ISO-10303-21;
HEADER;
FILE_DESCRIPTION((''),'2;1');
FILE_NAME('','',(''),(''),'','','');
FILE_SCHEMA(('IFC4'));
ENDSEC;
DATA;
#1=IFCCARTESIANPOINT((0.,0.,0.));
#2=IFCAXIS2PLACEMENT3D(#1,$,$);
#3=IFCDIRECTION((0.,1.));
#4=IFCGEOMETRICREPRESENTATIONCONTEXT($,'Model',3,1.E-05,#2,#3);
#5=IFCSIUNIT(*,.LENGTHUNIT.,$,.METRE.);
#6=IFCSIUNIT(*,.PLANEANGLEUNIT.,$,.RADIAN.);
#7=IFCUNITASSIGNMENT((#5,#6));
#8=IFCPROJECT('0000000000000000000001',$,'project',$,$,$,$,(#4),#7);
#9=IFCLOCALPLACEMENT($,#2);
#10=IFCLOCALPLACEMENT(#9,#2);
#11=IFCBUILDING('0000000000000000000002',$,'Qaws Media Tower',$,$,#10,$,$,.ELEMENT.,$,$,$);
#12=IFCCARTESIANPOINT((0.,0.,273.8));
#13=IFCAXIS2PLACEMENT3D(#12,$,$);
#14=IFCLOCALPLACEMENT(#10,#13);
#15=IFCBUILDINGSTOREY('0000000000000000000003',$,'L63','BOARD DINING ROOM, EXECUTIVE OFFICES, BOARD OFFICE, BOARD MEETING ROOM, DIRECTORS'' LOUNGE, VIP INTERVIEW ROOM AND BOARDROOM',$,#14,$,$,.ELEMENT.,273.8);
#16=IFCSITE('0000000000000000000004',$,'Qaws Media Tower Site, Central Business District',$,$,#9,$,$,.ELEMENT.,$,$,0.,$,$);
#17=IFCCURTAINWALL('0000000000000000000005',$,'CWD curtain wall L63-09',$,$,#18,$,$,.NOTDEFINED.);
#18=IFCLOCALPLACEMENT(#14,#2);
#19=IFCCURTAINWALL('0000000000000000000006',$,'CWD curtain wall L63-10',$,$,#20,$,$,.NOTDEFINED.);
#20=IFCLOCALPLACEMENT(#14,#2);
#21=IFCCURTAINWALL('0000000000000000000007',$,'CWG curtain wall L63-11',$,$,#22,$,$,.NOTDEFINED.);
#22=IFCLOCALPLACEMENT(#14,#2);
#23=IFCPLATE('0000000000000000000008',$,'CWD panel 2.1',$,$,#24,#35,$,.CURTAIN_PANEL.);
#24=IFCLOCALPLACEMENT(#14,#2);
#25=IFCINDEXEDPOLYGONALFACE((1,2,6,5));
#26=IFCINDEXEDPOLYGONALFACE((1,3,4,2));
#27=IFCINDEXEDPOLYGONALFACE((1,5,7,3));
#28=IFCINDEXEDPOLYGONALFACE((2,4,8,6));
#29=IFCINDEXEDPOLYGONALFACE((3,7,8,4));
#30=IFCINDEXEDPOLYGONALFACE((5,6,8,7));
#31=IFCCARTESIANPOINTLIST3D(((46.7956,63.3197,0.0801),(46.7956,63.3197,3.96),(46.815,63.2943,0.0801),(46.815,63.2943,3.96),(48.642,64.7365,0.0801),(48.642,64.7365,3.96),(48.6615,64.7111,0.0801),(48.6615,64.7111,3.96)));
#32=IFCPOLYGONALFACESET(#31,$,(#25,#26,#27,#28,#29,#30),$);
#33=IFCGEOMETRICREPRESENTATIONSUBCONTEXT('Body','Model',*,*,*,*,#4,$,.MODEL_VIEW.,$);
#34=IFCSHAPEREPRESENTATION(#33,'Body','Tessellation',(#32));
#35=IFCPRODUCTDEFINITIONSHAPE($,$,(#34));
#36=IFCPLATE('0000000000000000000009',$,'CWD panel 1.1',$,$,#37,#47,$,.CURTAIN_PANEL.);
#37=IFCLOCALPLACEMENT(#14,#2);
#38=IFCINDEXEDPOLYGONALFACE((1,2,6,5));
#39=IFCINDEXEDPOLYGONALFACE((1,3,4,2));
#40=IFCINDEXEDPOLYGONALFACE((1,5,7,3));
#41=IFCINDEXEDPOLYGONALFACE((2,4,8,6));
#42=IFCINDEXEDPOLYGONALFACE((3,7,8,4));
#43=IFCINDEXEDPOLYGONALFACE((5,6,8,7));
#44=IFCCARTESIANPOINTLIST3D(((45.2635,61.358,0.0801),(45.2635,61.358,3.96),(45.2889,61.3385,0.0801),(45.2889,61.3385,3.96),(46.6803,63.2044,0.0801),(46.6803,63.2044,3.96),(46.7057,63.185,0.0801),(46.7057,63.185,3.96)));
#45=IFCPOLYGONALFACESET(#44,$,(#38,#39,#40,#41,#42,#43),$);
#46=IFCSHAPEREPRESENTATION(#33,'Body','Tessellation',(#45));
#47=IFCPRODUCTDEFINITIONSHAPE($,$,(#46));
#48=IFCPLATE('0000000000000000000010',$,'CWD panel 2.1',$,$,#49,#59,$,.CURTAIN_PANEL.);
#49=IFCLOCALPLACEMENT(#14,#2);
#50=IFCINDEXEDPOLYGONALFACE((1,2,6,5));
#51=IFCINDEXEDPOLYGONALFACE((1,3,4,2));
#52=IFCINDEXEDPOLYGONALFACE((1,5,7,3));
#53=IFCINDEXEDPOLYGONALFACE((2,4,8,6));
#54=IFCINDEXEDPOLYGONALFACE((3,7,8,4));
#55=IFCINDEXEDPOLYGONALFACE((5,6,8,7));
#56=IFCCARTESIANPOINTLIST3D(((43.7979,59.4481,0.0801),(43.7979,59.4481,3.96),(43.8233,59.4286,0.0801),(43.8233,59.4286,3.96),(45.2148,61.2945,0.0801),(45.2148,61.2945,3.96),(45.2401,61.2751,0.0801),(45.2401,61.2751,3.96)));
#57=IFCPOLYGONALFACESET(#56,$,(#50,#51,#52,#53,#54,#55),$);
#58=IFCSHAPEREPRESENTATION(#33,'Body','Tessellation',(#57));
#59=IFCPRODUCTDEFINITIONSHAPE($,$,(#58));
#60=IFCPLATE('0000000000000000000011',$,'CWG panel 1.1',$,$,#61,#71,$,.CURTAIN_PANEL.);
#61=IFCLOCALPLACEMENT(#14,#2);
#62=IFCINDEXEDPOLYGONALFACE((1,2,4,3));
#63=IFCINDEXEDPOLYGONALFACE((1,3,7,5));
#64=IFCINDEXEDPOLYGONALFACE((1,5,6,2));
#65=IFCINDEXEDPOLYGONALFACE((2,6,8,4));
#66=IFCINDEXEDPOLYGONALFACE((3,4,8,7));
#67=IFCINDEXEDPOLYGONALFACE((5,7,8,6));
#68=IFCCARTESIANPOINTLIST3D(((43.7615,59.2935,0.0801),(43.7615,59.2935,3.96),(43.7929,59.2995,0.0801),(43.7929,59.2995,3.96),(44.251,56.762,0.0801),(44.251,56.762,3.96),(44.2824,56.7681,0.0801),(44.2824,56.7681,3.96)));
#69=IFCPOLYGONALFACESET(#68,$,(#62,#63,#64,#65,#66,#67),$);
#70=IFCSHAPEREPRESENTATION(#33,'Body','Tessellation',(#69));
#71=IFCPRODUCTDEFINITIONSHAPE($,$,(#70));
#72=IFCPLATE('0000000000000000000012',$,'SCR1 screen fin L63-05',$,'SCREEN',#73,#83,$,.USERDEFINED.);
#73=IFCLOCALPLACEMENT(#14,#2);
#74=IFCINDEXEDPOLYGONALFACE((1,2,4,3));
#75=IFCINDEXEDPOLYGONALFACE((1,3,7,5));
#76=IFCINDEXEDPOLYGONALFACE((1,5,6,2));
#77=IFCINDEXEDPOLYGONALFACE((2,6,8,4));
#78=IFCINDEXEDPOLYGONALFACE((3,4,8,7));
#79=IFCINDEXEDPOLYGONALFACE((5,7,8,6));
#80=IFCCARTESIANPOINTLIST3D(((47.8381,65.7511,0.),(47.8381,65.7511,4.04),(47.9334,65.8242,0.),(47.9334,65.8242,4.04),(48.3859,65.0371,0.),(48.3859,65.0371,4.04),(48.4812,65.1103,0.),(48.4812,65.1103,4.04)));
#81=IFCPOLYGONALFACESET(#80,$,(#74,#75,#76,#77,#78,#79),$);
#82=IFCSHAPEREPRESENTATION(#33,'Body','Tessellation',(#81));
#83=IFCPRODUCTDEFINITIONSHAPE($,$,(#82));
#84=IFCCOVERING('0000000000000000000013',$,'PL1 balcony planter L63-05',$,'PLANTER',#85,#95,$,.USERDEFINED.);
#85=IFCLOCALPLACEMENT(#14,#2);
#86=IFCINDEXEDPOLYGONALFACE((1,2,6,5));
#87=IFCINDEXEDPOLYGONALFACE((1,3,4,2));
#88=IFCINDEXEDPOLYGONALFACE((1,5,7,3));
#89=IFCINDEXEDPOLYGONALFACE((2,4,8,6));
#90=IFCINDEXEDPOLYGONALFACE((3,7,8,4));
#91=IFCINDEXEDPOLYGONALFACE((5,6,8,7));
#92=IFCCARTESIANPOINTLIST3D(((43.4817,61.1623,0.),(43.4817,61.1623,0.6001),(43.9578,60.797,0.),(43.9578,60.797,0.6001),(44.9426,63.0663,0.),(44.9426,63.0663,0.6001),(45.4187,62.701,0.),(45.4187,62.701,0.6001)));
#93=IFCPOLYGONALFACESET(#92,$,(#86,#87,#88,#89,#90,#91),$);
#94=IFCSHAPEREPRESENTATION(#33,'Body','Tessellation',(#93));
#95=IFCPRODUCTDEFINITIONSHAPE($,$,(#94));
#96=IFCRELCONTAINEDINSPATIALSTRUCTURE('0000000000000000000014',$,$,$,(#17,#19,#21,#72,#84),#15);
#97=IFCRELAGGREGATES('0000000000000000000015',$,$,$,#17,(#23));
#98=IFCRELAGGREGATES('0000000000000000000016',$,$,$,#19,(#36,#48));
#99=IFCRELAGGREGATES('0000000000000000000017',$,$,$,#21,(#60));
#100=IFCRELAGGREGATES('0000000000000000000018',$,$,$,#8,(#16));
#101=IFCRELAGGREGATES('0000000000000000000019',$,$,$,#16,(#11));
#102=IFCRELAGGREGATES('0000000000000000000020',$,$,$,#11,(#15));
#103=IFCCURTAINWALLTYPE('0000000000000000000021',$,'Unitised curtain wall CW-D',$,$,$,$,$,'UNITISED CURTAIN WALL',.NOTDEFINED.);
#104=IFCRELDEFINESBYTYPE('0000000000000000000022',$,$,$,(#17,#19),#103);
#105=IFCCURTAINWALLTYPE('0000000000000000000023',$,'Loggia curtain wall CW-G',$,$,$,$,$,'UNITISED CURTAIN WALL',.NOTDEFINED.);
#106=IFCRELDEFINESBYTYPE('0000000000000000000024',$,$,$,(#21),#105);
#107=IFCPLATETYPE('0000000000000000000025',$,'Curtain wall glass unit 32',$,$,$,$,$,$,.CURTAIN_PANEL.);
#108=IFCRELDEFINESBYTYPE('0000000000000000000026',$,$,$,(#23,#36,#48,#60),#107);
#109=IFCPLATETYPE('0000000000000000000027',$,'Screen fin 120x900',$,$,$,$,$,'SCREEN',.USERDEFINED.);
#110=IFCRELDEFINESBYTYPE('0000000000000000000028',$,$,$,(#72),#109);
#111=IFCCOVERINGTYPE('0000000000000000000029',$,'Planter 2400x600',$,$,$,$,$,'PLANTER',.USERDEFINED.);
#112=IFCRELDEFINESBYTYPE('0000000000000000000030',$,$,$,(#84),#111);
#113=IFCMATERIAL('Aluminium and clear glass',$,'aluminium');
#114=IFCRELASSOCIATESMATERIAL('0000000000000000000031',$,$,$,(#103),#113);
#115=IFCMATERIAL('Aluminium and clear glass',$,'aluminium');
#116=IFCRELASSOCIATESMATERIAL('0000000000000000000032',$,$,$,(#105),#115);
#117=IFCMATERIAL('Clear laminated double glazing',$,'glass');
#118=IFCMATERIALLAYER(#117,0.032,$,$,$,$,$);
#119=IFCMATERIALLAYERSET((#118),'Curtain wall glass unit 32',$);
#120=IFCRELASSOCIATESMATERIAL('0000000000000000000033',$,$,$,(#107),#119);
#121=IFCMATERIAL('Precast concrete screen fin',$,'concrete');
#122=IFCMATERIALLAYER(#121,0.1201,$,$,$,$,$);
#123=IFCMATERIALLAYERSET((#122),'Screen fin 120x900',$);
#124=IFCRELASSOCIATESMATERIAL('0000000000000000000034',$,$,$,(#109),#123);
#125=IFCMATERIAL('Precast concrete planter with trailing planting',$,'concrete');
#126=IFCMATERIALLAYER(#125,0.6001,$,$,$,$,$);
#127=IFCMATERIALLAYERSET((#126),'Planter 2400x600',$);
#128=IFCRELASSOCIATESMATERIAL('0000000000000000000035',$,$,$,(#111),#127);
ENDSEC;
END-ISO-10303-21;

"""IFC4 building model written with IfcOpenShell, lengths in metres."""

from ifc_helpers import new_model, si_unit, direction, frame, origin, origin_2d, place, context, subcontext, project, spatial, rectangle, extrude, material, layer, layer_set, type_object, element, aggregate, save


model = new_model("IFC4")

# Units and contexts
model_context = context("Model", 3, precision=1e-05, world=origin(), true_north=direction((0.0, 1.0)))
body_context = subcontext(model_context, "Body", "Model", "MODEL_VIEW")
ifc_project = project(units=[si_unit("LENGTHUNIT", "METRE"), si_unit("PLANEANGLEUNIT", "RADIAN")], contexts=[model_context])

# Site, building, storey
site_placement = place(None, origin())
site = spatial("IfcSite", under=ifc_project, at=site_placement, Name="Qaws Media Tower Site, Central Business District", CompositionType="ELEMENT", RefElevation=0.0)
building_placement = place(site_placement, origin())
building = spatial("IfcBuilding", under=site, at=building_placement, Name="Qaws Media Tower", CompositionType="ELEMENT")
storey_placement = place(building_placement, frame((0.0, 0.0, 273.8)))
storey = spatial("IfcBuildingStorey", under=building, at=storey_placement, Name="L63", Description="BOARD DINING ROOM, EXECUTIVE OFFICES, BOARD OFFICE, BOARD MEETING ROOM, DIRECTORS' LOUNGE, VIP INTERVIEW ROOM AND BOARDROOM", CompositionType="ELEMENT", Elevation=273.8)

# Curtain walls
ifc_material_1 = material(Name="Aluminium and clear glass", Category="aluminium")
curtain_wall_type_1 = type_object("IfcCurtainWallType", Name="Unitised curtain wall CW-D", ElementType="UNITISED CURTAIN WALL", PredefinedType="NOTDEFINED", material=ifc_material_1)
curtain_wall_1_placement = place(storey_placement, origin())
curtain_wall_1 = element("IfcCurtainWall", 1, at=curtain_wall_1_placement, inside=storey, type_object=curtain_wall_type_1, Name="CWD curtain wall L63-09", PredefinedType="NOTDEFINED")
curtain_wall_2_placement = place(storey_placement, origin())
curtain_wall_2 = element("IfcCurtainWall", 2, at=curtain_wall_2_placement, inside=storey, type_object=curtain_wall_type_1, Name="CWD curtain wall L63-10", PredefinedType="NOTDEFINED")

# Curtain wall
ifc_material_2 = material(Name="Aluminium and clear glass", Category="aluminium")
curtain_wall_type_2 = type_object("IfcCurtainWallType", Name="Loggia curtain wall CW-G", ElementType="UNITISED CURTAIN WALL", PredefinedType="NOTDEFINED", material=ifc_material_2)
curtain_wall_3_placement = place(storey_placement, origin())
curtain_wall_3 = element("IfcCurtainWall", 3, at=curtain_wall_3_placement, inside=storey, type_object=curtain_wall_type_2, Name="CWG curtain wall L63-11", PredefinedType="NOTDEFINED")

# Plates
ifc_material_3 = material(Name="Clear laminated double glazing", Category="glass")
ifc_layer_1 = layer(ifc_material_3, 0.032)
ifc_layer_set_1 = layer_set([ifc_layer_1], Name="Curtain wall glass unit 32")
plate_type_1 = type_object("IfcPlateType", Name="Curtain wall glass unit 32", PredefinedType="CURTAIN_PANEL", material=ifc_layer_set_1)
plate_1_placement = place(storey_placement, frame((47.7285, 64.0154, 0.0801), z_axis=(0.0, 0.0, 1.0), x_axis=(-0.793353, -0.608761, 0.0)))
plate_1 = element("IfcPlate", 4, at=plate_1_placement, type_object=plate_type_1, Name="CWD panel 2.1", PredefinedType="CURTAIN_PANEL", context=body_context, shape_type="SweptSolid", body=[
    extrude(rectangle(XDim=2.3274, YDim=0.032, at=origin_2d()), origin(), (0.0, 0.0, 1.0), 3.8799),
])
aggregate(curtain_wall_1, [plate_1])
plate_2_placement = place(storey_placement, frame((45.9846, 62.2715, 0.0801), z_axis=(0.0, 0.0, 1.0), x_axis=(-0.608761, -0.793353, 0.0)))
plate_2 = element("IfcPlate", 5, at=plate_2_placement, type_object=plate_type_1, Name="CWD panel 1.1", PredefinedType="CURTAIN_PANEL", context=body_context, shape_type="SweptSolid", body=[
    extrude(rectangle(XDim=2.3274, YDim=0.032, at=origin_2d()), origin(), (0.0, 0.0, 1.0), 3.8799),
])
plate_3_placement = place(storey_placement, frame((44.519, 60.3616, 0.0801), z_axis=(0.0, 0.0, 1.0), x_axis=(-0.608761, -0.793353, 0.0)))
plate_3 = element("IfcPlate", 6, at=plate_3_placement, type_object=plate_type_1, Name="CWD panel 2.1", PredefinedType="CURTAIN_PANEL", context=body_context, shape_type="SweptSolid", body=[
    extrude(rectangle(XDim=2.3274, YDim=0.032, at=origin_2d()), origin(), (0.0, 0.0, 1.0), 3.8799),
])
aggregate(curtain_wall_2, [plate_2, plate_3])
plate_4_placement = place(storey_placement, frame((44.022, 58.0308, 0.0801), z_axis=(0.0, 0.0, 1.0), x_axis=(0.189863, -0.981811, 0.0)))
plate_4 = element("IfcPlate", 7, at=plate_4_placement, type_object=plate_type_1, Name="CWG panel 1.1", PredefinedType="CURTAIN_PANEL", context=body_context, shape_type="SweptSolid", body=[
    extrude(rectangle(XDim=2.5784, YDim=0.032, at=origin_2d()), origin(), (0.0, 0.0, 1.0), 3.8799),
])
aggregate(curtain_wall_3, [plate_4])
ifc_material_4 = material(Name="Precast concrete screen fin", Category="concrete")
ifc_layer_2 = layer(ifc_material_4, 0.1201)
ifc_layer_set_2 = layer_set([ifc_layer_2], Name="Screen fin 120x900")
plate_type_2 = type_object("IfcPlateType", Name="Screen fin 120x900", ElementType="SCREEN", PredefinedType="USERDEFINED", material=ifc_layer_set_2)
plate_5_placement = place(storey_placement, frame((48.1597, 65.4307, 0.0), z_axis=(0.0, 0.0, 1.0), x_axis=(-0.608761, 0.793353, 0.0)))
element("IfcPlate", 8, at=plate_5_placement, inside=storey, type_object=plate_type_2, Name="SCR1 screen fin L63-05", ObjectType="SCREEN", PredefinedType="USERDEFINED", context=body_context, shape_type="SweptSolid", body=[
    extrude(rectangle(XDim=0.8999, YDim=0.1201, at=origin_2d()), origin(), (0.0, 0.0, 1.0), 4.04),
])

# Covering
ifc_material_5 = material(Name="Precast concrete planter with trailing planting", Category="concrete")
ifc_layer_3 = layer(ifc_material_5, 0.6001)
ifc_layer_set_3 = layer_set([ifc_layer_3], Name="Planter 2400x600")
covering_type = type_object("IfcCoveringType", Name="Planter 2400x600", ElementType="PLANTER", PredefinedType="USERDEFINED", material=ifc_layer_set_3)
covering_placement = place(storey_placement, frame((44.4502, 61.9316, 0.0), z_axis=(0.0, 0.0, 1.0), x_axis=(-0.608761, -0.793353, 0.0)))
element("IfcCovering", 9, at=covering_placement, inside=storey, type_object=covering_type, Name="PL1 balcony planter L63-05", ObjectType="PLANTER", PredefinedType="USERDEFINED", context=body_context, shape_type="SweptSolid", body=[
    extrude(rectangle(XDim=2.3999, YDim=0.6001, at=origin_2d()), origin(), (0.0, 0.0, 1.0), 0.6001),
])

save(model, "model.ifc")
